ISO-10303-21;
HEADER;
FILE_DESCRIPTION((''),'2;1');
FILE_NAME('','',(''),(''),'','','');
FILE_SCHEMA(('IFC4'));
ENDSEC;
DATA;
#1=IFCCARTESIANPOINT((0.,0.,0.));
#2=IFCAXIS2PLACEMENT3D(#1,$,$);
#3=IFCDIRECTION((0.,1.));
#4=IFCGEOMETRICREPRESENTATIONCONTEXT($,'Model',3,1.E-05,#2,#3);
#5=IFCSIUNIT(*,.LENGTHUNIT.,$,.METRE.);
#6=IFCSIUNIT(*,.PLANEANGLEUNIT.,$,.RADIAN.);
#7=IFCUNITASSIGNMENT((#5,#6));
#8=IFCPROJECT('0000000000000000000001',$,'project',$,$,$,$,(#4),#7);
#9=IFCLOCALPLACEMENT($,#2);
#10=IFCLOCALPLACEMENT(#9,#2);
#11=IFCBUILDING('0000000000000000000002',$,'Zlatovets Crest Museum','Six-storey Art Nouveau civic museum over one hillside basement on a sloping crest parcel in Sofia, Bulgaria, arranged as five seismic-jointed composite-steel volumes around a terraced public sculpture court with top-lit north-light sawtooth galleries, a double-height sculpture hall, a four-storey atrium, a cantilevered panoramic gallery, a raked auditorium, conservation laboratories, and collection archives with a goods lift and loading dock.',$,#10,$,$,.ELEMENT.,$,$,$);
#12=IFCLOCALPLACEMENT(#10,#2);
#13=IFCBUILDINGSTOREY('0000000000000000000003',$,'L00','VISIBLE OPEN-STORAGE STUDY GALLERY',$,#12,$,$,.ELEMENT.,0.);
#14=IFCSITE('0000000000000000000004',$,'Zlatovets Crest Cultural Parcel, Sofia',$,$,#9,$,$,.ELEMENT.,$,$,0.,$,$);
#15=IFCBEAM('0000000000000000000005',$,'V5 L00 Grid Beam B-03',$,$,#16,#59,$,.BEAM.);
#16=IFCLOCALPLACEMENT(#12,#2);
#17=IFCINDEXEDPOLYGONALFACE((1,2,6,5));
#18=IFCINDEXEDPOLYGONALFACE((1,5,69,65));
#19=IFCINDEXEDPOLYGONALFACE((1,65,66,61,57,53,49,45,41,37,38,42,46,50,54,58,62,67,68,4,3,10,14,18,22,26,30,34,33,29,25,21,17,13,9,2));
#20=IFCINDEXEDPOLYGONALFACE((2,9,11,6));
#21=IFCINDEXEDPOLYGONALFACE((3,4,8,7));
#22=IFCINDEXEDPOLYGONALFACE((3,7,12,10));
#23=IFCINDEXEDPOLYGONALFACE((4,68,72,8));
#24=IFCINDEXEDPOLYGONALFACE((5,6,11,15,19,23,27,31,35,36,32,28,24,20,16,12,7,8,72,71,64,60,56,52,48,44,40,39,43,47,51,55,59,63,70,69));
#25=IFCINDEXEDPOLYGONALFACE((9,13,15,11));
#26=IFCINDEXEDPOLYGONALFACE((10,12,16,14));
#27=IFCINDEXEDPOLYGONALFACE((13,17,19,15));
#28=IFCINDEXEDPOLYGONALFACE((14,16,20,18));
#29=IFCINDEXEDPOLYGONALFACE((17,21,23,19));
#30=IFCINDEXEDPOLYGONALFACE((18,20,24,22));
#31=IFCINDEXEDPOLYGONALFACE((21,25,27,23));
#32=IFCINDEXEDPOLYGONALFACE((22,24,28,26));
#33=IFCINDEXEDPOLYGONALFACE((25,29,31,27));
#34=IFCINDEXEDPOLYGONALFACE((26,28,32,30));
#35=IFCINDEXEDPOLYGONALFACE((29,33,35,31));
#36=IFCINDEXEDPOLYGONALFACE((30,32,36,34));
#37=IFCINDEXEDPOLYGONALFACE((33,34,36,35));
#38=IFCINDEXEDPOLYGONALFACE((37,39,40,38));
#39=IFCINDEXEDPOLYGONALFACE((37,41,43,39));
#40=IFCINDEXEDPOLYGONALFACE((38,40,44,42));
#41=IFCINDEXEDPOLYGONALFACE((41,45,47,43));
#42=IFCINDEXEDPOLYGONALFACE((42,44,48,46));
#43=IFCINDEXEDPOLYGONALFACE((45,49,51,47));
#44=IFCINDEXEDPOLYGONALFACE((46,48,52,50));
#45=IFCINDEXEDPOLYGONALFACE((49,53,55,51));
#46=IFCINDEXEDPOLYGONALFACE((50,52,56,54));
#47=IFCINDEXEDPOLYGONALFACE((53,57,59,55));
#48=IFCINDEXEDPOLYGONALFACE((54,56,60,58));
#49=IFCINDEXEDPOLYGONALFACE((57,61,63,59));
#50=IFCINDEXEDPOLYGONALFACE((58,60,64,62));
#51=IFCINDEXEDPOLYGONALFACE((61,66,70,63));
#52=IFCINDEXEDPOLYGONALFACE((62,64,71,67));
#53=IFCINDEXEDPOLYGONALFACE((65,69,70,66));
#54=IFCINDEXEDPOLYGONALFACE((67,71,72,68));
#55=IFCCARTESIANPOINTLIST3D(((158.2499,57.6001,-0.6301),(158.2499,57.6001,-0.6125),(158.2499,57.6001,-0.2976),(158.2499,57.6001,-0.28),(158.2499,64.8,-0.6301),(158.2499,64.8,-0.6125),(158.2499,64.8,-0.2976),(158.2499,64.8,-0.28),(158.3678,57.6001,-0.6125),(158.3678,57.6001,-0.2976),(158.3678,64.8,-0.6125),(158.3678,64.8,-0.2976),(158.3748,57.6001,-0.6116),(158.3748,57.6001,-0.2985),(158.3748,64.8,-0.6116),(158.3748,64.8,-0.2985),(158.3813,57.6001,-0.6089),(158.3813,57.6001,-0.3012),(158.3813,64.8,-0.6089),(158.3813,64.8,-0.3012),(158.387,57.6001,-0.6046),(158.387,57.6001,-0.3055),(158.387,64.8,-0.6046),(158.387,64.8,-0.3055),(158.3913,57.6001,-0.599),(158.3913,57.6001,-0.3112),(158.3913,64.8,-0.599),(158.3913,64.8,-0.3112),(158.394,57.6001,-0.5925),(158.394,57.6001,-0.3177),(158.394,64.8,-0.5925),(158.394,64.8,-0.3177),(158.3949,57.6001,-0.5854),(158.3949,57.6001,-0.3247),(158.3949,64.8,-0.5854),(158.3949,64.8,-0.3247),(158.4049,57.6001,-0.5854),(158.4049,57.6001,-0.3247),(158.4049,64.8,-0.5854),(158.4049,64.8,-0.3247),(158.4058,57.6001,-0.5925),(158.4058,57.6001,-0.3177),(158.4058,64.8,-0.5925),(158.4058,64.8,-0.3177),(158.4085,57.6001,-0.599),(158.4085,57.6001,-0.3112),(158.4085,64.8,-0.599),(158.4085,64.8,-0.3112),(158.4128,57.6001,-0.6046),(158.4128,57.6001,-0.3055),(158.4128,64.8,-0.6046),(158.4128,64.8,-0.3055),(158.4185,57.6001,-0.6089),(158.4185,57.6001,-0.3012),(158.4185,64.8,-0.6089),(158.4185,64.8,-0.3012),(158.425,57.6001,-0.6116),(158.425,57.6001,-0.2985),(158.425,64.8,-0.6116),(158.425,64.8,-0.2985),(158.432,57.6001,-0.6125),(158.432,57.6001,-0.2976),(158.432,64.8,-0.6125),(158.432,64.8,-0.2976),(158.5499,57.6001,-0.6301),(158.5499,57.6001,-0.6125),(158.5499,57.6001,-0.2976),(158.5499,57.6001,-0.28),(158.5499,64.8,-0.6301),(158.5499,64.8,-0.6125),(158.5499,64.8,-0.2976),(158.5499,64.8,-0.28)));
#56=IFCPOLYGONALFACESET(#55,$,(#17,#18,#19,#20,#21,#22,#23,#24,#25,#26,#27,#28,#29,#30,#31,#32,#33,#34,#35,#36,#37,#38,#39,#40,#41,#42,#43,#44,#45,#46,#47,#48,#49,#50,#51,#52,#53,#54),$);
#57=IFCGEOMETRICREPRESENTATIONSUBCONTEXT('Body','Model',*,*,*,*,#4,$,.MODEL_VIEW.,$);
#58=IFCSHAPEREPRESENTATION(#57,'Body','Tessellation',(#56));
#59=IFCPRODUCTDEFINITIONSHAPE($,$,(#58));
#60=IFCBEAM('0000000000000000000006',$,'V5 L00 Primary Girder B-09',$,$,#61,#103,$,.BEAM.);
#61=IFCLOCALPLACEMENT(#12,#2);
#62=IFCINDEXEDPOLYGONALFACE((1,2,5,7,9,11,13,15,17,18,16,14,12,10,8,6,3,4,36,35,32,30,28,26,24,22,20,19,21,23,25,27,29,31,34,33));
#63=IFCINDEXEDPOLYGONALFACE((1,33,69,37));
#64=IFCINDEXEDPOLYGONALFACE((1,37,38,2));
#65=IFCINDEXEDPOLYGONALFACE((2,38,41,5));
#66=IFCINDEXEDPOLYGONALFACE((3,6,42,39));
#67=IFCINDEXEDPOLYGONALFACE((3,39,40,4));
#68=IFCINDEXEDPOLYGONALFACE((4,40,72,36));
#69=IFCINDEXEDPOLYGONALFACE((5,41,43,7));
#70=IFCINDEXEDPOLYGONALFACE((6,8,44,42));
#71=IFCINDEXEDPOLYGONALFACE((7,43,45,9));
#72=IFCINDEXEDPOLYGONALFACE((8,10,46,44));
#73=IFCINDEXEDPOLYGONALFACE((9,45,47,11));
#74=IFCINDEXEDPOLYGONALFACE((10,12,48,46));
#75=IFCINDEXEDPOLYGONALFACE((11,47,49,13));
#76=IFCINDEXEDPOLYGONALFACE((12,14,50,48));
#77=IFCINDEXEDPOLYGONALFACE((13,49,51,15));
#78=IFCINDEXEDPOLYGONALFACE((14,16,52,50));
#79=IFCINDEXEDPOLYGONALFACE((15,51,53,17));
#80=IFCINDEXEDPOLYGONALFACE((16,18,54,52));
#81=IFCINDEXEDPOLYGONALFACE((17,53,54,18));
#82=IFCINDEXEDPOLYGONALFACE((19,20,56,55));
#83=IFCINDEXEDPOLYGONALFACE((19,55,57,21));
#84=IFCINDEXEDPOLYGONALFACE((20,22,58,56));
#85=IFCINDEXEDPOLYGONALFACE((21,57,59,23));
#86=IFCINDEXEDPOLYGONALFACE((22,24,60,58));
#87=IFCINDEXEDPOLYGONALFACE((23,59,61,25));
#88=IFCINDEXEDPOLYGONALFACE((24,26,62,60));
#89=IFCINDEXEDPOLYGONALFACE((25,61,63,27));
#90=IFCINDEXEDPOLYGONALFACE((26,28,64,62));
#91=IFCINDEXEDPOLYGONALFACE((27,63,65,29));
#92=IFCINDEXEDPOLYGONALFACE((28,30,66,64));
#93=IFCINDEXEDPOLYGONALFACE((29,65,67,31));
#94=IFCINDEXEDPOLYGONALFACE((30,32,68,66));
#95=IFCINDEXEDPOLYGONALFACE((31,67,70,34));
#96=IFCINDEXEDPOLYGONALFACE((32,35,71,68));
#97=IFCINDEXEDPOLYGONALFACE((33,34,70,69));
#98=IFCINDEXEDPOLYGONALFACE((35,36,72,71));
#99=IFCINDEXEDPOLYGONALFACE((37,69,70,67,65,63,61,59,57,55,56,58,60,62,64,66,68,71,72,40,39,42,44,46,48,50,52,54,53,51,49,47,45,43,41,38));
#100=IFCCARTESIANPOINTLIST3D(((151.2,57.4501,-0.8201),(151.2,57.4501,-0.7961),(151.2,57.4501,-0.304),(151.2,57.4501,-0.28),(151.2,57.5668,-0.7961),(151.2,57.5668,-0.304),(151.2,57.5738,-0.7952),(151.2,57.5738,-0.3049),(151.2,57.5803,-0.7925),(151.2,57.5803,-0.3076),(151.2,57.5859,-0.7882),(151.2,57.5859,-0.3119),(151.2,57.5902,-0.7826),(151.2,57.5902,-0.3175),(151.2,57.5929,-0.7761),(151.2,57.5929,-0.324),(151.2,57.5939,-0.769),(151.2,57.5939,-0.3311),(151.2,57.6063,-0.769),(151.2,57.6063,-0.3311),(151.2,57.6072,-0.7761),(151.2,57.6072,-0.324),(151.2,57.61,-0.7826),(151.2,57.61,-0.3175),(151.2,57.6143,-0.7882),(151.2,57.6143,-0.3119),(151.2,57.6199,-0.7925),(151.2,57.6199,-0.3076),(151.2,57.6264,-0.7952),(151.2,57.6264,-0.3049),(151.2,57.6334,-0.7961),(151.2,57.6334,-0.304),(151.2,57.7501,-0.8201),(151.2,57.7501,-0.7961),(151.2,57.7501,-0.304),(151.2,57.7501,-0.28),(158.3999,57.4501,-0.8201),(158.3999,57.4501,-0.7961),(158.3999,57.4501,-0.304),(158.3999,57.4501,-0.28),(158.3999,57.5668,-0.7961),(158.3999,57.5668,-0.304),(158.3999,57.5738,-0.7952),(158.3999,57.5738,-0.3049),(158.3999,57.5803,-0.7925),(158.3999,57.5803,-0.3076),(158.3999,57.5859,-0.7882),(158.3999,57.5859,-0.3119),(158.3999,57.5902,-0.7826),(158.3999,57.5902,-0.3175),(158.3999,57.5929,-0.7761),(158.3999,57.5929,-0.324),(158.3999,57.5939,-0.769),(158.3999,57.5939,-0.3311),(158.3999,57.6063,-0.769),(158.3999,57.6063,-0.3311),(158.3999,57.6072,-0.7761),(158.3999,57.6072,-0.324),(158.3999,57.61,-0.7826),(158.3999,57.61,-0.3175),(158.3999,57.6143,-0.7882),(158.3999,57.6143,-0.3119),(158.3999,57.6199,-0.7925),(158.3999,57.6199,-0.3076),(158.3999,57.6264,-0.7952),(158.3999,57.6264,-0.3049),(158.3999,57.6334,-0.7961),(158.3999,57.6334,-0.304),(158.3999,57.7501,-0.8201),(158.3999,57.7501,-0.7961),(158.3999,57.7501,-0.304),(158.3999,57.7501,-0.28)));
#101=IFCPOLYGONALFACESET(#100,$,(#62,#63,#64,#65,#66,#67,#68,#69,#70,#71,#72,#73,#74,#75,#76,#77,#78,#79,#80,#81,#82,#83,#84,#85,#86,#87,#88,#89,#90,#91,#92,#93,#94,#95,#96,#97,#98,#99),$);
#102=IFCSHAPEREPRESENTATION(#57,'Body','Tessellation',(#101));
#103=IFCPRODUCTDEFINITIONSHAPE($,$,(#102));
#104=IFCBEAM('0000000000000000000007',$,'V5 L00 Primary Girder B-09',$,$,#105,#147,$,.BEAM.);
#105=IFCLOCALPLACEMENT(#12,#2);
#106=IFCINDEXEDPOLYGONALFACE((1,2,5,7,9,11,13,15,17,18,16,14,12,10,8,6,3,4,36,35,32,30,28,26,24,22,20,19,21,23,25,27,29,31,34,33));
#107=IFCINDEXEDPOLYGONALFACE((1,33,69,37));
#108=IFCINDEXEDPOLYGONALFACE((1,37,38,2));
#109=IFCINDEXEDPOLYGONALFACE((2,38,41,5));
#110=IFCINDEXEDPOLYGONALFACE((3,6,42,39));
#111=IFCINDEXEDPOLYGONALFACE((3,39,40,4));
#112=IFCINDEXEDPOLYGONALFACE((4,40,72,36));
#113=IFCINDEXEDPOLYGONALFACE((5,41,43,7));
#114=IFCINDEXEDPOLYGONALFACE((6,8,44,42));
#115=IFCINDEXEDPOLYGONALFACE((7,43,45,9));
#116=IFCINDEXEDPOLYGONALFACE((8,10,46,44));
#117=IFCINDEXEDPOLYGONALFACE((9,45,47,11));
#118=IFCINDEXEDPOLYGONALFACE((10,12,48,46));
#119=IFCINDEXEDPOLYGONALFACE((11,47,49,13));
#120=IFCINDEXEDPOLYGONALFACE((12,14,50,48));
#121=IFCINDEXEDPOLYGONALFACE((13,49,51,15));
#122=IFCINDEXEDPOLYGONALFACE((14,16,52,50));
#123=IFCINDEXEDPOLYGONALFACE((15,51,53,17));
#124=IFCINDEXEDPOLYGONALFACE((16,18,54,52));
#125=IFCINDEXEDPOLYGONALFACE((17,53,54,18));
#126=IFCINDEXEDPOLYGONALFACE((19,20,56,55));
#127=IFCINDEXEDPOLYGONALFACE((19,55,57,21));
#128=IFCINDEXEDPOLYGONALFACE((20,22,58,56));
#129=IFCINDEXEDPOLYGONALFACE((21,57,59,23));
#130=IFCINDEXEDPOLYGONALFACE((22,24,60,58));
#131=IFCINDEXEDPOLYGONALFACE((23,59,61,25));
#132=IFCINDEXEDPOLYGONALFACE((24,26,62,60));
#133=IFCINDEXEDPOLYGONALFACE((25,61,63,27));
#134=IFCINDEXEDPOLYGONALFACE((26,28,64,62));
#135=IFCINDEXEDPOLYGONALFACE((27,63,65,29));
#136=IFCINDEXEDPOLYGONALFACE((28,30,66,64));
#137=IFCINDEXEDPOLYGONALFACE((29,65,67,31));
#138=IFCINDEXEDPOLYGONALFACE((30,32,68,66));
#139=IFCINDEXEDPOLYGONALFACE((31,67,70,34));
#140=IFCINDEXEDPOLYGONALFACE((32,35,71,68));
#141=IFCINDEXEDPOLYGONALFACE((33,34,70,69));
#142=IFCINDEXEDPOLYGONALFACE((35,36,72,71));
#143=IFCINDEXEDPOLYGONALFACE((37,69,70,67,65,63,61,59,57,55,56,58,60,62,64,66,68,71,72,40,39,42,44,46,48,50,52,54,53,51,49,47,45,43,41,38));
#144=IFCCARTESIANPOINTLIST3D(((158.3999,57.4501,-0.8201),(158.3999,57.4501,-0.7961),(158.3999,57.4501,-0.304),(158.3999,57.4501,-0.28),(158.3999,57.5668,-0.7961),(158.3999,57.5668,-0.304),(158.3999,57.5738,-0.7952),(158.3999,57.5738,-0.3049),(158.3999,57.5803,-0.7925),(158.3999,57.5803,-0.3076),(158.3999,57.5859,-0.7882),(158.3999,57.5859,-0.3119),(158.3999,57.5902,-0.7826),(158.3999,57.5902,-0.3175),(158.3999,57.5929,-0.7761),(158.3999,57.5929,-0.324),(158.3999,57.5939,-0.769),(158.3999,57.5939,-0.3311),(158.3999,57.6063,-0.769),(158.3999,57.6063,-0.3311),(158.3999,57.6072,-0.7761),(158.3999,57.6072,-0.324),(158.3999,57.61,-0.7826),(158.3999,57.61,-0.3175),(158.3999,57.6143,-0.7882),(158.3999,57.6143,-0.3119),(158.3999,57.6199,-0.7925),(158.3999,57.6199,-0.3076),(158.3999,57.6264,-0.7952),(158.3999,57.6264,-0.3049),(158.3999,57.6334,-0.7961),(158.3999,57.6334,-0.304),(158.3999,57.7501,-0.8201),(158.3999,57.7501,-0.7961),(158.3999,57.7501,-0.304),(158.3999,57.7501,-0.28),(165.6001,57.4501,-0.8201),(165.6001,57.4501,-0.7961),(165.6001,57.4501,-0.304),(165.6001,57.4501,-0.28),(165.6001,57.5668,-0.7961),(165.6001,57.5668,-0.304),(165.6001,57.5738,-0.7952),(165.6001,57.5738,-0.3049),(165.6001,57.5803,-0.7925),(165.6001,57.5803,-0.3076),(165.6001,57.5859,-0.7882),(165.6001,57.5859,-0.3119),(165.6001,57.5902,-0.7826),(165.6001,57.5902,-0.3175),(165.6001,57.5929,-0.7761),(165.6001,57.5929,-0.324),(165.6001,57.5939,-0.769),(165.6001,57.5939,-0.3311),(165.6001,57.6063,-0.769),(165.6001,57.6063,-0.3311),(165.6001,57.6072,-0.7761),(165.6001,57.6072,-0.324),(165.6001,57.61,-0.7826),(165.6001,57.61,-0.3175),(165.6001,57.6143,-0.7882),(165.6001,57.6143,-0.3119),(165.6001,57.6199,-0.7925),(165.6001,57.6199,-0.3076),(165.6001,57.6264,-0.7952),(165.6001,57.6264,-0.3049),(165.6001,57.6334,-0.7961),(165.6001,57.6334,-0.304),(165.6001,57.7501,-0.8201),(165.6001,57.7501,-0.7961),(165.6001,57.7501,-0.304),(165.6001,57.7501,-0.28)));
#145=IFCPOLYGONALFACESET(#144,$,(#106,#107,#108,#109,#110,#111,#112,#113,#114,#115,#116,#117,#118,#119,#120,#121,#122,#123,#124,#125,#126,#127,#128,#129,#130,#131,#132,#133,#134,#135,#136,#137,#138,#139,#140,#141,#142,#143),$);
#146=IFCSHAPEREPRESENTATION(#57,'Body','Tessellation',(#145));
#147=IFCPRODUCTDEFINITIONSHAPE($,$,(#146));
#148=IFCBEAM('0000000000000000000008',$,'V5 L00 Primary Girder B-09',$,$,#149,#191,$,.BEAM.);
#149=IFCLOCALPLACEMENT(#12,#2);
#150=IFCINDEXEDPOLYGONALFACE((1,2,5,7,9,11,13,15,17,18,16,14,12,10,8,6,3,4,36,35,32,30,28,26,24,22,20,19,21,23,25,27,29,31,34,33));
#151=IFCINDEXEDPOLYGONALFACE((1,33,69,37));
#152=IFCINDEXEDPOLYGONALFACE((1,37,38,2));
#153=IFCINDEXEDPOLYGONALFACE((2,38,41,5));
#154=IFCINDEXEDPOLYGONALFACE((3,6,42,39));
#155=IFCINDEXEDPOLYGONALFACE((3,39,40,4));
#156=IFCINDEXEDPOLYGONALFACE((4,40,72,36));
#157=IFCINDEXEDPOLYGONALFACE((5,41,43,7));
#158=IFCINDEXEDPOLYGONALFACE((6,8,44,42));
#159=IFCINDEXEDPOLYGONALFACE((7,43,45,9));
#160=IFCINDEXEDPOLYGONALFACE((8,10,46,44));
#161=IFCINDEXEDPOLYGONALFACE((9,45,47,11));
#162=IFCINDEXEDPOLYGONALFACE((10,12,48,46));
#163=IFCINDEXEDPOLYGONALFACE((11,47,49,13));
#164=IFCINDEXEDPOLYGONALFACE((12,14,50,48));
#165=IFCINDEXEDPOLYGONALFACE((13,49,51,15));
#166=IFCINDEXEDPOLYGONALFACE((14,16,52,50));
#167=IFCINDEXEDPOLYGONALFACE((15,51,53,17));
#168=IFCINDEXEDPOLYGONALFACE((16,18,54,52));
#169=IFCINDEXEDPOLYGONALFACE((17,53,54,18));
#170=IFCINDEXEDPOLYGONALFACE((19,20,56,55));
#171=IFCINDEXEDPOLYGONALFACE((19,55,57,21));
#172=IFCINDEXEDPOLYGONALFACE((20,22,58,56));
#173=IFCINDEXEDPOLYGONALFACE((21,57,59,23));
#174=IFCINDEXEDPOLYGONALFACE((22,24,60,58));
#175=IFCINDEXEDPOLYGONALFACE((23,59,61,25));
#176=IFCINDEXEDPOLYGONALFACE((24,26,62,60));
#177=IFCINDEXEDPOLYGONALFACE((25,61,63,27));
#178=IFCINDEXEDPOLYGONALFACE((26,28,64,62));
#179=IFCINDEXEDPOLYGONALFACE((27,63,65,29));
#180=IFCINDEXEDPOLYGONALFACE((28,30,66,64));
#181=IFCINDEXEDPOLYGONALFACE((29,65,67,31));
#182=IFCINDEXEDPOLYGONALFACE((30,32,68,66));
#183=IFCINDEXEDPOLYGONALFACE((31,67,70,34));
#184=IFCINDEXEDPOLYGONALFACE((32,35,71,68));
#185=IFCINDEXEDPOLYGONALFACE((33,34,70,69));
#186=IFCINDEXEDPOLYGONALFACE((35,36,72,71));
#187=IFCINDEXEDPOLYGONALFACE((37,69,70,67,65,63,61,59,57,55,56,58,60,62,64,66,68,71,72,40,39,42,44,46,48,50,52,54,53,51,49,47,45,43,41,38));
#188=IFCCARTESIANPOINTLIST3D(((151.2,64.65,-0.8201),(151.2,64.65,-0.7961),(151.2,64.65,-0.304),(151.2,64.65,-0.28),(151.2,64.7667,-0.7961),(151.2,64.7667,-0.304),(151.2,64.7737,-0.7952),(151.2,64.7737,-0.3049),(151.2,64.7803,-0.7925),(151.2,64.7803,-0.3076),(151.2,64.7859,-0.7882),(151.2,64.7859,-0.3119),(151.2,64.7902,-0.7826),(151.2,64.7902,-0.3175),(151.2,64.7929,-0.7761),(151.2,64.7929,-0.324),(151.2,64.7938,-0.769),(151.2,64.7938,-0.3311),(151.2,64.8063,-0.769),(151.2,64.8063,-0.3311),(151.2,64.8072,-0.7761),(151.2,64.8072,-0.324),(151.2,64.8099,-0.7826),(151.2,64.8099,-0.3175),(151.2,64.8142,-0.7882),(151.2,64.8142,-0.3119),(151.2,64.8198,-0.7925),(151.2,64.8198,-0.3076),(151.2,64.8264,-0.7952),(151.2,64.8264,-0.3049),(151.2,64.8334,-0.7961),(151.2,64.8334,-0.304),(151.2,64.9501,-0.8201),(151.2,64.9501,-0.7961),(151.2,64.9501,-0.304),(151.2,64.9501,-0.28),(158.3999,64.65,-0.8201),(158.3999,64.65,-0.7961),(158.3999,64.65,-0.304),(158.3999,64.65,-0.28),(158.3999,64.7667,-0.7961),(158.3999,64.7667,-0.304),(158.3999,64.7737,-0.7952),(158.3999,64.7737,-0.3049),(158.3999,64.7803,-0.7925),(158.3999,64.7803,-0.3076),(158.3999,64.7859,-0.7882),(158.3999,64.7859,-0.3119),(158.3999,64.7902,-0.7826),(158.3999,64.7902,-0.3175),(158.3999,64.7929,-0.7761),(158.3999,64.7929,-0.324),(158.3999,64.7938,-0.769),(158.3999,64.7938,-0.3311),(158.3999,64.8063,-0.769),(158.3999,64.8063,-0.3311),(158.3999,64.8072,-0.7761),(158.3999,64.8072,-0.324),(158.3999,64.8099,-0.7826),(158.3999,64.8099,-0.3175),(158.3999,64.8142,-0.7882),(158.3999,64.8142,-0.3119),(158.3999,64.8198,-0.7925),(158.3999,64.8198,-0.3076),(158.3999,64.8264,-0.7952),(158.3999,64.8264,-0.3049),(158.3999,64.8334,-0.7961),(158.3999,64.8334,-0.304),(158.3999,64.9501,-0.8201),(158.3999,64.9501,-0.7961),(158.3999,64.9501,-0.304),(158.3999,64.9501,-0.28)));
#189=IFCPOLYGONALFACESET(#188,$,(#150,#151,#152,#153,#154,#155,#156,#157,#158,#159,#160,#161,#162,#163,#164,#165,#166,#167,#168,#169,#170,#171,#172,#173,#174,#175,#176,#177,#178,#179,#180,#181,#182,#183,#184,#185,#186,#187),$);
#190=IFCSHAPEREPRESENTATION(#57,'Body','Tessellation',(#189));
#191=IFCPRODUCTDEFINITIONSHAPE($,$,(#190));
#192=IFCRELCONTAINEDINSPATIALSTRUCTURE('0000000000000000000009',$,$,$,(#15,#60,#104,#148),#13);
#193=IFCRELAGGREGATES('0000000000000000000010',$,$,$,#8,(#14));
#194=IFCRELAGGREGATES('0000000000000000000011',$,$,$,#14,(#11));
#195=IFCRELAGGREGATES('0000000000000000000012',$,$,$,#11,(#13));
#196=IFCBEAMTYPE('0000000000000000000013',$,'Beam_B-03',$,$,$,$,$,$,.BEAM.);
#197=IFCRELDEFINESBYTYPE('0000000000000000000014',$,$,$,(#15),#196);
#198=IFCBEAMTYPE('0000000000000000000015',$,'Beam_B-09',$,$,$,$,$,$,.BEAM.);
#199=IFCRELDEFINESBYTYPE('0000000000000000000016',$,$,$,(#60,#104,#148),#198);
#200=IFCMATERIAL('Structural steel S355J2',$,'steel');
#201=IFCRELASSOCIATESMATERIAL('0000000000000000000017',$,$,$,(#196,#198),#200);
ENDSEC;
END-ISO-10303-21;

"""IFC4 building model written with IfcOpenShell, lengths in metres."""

from ifc_helpers import new_model, si_unit, direction, frame, origin, origin_2d, place, context, subcontext, project, spatial, i_section, extrude, material, material_profile, profile_set, type_object, element, save


model = new_model("IFC4")

# Units and contexts
model_context = context("Model", 3, precision=1e-05, world=origin(), true_north=direction((0.0, 1.0)))
body_context = subcontext(model_context, "Body", "Model", "MODEL_VIEW")
ifc_project = project(units=[si_unit("LENGTHUNIT", "METRE"), si_unit("PLANEANGLEUNIT", "RADIAN")], contexts=[model_context])

# Site, building, storey
site_placement = place(None, origin())
site = spatial("IfcSite", under=ifc_project, at=site_placement, Name="Zlatovets Crest Cultural Parcel, Sofia", CompositionType="ELEMENT", RefElevation=0.0)
building_placement = place(site_placement, origin())
building = spatial("IfcBuilding", under=site, at=building_placement, Name="Zlatovets Crest Museum", Description="Six-storey Art Nouveau civic museum over one hillside basement on a sloping crest parcel in Sofia, Bulgaria, arranged as five seismic-jointed composite-steel volumes around a terraced public sculpture court with top-lit north-light sawtooth galleries, a double-height sculpture hall, a four-storey atrium, a cantilevered panoramic gallery, a raked auditorium, conservation laboratories, and collection archives with a goods lift and loading dock.", CompositionType="ELEMENT")
storey_placement = place(building_placement, origin())
storey = spatial("IfcBuildingStorey", under=building, at=storey_placement, Name="L00", Description="VISIBLE OPEN-STORAGE STUDY GALLERY", CompositionType="ELEMENT", Elevation=0.0)

# Shared definitions
ifc_material = material(Name="Structural steel S355J2", Category="steel")

# Beams
ifc_material_profile_1 = material_profile(ifc_material, i_section(OverallWidth=0.3, OverallDepth=0.3501, WebThickness=0.01, FlangeThickness=0.0176, FilletRadius=0.0271, at=origin_2d()), Name="HEA 360")
ifc_profile_set_1 = profile_set([ifc_material_profile_1], Name="Structural steel S355J2")
beam_type_1 = type_object("IfcBeamType", Name="Beam_B-03", PredefinedType="BEAM", material=ifc_profile_set_1)
beam_1_placement = place(storey_placement, frame((158.3999, 57.6001, -0.4551), z_axis=(0.0, 1.0, 0.0), x_axis=(-1.0, 0.0, 0.0)))
element("IfcBeam", 1, at=beam_1_placement, inside=storey, type_object=beam_type_1, Name="V5 L00 Grid Beam B-03", PredefinedType="BEAM", context=body_context, shape_type="SweptSolid", body=[
    extrude(i_section(OverallWidth=0.3, OverallDepth=0.3501, WebThickness=0.01, FlangeThickness=0.0176, FilletRadius=0.0271, at=origin_2d()), origin(), (0.0, 0.0, 1.0), 7.2),
])
ifc_material_profile_2 = material_profile(ifc_material, i_section(OverallWidth=0.3, OverallDepth=0.54, WebThickness=0.0125, FlangeThickness=0.0239, FilletRadius=0.0271, at=origin_2d()), Name="HEA 550")
ifc_profile_set_2 = profile_set([ifc_material_profile_2], Name="Structural steel S355J2")
beam_type_2 = type_object("IfcBeamType", Name="Beam_B-09", PredefinedType="BEAM", material=ifc_profile_set_2)
beam_2_placement = place(storey_placement, frame((151.2, 57.6001, -0.55), z_axis=(1.0, 0.0, 0.0), x_axis=(0.0, 1.0, 0.0)))
element("IfcBeam", 2, at=beam_2_placement, inside=storey, type_object=beam_type_2, Name="V5 L00 Primary Girder B-09", PredefinedType="BEAM", context=body_context, shape_type="SweptSolid", body=[
    extrude(i_section(OverallWidth=0.3, OverallDepth=0.54, WebThickness=0.0125, FlangeThickness=0.0239, FilletRadius=0.0271, at=origin_2d()), origin(), (0.0, 0.0, 1.0), 7.2),
])
beam_3_placement = place(storey_placement, frame((158.3999, 57.6001, -0.55), z_axis=(1.0, 0.0, 0.0), x_axis=(0.0, 1.0, 0.0)))
element("IfcBeam", 3, at=beam_3_placement, inside=storey, type_object=beam_type_2, Name="V5 L00 Primary Girder B-09", PredefinedType="BEAM", context=body_context, shape_type="SweptSolid", body=[
    extrude(i_section(OverallWidth=0.3, OverallDepth=0.54, WebThickness=0.0125, FlangeThickness=0.0239, FilletRadius=0.0271, at=origin_2d()), origin(), (0.0, 0.0, 1.0), 7.2002),
])
beam_4_placement = place(storey_placement, frame((151.2, 64.8, -0.55), z_axis=(1.0, 0.0, 0.0), x_axis=(0.0, 1.0, 0.0)))
element("IfcBeam", 4, at=beam_4_placement, inside=storey, type_object=beam_type_2, Name="V5 L00 Primary Girder B-09", PredefinedType="BEAM", context=body_context, shape_type="SweptSolid", body=[
    extrude(i_section(OverallWidth=0.3, OverallDepth=0.54, WebThickness=0.0125, FlangeThickness=0.0239, FilletRadius=0.0271, at=origin_2d()), origin(), (0.0, 0.0, 1.0), 7.2),
])

save(model, "model.ifc")
